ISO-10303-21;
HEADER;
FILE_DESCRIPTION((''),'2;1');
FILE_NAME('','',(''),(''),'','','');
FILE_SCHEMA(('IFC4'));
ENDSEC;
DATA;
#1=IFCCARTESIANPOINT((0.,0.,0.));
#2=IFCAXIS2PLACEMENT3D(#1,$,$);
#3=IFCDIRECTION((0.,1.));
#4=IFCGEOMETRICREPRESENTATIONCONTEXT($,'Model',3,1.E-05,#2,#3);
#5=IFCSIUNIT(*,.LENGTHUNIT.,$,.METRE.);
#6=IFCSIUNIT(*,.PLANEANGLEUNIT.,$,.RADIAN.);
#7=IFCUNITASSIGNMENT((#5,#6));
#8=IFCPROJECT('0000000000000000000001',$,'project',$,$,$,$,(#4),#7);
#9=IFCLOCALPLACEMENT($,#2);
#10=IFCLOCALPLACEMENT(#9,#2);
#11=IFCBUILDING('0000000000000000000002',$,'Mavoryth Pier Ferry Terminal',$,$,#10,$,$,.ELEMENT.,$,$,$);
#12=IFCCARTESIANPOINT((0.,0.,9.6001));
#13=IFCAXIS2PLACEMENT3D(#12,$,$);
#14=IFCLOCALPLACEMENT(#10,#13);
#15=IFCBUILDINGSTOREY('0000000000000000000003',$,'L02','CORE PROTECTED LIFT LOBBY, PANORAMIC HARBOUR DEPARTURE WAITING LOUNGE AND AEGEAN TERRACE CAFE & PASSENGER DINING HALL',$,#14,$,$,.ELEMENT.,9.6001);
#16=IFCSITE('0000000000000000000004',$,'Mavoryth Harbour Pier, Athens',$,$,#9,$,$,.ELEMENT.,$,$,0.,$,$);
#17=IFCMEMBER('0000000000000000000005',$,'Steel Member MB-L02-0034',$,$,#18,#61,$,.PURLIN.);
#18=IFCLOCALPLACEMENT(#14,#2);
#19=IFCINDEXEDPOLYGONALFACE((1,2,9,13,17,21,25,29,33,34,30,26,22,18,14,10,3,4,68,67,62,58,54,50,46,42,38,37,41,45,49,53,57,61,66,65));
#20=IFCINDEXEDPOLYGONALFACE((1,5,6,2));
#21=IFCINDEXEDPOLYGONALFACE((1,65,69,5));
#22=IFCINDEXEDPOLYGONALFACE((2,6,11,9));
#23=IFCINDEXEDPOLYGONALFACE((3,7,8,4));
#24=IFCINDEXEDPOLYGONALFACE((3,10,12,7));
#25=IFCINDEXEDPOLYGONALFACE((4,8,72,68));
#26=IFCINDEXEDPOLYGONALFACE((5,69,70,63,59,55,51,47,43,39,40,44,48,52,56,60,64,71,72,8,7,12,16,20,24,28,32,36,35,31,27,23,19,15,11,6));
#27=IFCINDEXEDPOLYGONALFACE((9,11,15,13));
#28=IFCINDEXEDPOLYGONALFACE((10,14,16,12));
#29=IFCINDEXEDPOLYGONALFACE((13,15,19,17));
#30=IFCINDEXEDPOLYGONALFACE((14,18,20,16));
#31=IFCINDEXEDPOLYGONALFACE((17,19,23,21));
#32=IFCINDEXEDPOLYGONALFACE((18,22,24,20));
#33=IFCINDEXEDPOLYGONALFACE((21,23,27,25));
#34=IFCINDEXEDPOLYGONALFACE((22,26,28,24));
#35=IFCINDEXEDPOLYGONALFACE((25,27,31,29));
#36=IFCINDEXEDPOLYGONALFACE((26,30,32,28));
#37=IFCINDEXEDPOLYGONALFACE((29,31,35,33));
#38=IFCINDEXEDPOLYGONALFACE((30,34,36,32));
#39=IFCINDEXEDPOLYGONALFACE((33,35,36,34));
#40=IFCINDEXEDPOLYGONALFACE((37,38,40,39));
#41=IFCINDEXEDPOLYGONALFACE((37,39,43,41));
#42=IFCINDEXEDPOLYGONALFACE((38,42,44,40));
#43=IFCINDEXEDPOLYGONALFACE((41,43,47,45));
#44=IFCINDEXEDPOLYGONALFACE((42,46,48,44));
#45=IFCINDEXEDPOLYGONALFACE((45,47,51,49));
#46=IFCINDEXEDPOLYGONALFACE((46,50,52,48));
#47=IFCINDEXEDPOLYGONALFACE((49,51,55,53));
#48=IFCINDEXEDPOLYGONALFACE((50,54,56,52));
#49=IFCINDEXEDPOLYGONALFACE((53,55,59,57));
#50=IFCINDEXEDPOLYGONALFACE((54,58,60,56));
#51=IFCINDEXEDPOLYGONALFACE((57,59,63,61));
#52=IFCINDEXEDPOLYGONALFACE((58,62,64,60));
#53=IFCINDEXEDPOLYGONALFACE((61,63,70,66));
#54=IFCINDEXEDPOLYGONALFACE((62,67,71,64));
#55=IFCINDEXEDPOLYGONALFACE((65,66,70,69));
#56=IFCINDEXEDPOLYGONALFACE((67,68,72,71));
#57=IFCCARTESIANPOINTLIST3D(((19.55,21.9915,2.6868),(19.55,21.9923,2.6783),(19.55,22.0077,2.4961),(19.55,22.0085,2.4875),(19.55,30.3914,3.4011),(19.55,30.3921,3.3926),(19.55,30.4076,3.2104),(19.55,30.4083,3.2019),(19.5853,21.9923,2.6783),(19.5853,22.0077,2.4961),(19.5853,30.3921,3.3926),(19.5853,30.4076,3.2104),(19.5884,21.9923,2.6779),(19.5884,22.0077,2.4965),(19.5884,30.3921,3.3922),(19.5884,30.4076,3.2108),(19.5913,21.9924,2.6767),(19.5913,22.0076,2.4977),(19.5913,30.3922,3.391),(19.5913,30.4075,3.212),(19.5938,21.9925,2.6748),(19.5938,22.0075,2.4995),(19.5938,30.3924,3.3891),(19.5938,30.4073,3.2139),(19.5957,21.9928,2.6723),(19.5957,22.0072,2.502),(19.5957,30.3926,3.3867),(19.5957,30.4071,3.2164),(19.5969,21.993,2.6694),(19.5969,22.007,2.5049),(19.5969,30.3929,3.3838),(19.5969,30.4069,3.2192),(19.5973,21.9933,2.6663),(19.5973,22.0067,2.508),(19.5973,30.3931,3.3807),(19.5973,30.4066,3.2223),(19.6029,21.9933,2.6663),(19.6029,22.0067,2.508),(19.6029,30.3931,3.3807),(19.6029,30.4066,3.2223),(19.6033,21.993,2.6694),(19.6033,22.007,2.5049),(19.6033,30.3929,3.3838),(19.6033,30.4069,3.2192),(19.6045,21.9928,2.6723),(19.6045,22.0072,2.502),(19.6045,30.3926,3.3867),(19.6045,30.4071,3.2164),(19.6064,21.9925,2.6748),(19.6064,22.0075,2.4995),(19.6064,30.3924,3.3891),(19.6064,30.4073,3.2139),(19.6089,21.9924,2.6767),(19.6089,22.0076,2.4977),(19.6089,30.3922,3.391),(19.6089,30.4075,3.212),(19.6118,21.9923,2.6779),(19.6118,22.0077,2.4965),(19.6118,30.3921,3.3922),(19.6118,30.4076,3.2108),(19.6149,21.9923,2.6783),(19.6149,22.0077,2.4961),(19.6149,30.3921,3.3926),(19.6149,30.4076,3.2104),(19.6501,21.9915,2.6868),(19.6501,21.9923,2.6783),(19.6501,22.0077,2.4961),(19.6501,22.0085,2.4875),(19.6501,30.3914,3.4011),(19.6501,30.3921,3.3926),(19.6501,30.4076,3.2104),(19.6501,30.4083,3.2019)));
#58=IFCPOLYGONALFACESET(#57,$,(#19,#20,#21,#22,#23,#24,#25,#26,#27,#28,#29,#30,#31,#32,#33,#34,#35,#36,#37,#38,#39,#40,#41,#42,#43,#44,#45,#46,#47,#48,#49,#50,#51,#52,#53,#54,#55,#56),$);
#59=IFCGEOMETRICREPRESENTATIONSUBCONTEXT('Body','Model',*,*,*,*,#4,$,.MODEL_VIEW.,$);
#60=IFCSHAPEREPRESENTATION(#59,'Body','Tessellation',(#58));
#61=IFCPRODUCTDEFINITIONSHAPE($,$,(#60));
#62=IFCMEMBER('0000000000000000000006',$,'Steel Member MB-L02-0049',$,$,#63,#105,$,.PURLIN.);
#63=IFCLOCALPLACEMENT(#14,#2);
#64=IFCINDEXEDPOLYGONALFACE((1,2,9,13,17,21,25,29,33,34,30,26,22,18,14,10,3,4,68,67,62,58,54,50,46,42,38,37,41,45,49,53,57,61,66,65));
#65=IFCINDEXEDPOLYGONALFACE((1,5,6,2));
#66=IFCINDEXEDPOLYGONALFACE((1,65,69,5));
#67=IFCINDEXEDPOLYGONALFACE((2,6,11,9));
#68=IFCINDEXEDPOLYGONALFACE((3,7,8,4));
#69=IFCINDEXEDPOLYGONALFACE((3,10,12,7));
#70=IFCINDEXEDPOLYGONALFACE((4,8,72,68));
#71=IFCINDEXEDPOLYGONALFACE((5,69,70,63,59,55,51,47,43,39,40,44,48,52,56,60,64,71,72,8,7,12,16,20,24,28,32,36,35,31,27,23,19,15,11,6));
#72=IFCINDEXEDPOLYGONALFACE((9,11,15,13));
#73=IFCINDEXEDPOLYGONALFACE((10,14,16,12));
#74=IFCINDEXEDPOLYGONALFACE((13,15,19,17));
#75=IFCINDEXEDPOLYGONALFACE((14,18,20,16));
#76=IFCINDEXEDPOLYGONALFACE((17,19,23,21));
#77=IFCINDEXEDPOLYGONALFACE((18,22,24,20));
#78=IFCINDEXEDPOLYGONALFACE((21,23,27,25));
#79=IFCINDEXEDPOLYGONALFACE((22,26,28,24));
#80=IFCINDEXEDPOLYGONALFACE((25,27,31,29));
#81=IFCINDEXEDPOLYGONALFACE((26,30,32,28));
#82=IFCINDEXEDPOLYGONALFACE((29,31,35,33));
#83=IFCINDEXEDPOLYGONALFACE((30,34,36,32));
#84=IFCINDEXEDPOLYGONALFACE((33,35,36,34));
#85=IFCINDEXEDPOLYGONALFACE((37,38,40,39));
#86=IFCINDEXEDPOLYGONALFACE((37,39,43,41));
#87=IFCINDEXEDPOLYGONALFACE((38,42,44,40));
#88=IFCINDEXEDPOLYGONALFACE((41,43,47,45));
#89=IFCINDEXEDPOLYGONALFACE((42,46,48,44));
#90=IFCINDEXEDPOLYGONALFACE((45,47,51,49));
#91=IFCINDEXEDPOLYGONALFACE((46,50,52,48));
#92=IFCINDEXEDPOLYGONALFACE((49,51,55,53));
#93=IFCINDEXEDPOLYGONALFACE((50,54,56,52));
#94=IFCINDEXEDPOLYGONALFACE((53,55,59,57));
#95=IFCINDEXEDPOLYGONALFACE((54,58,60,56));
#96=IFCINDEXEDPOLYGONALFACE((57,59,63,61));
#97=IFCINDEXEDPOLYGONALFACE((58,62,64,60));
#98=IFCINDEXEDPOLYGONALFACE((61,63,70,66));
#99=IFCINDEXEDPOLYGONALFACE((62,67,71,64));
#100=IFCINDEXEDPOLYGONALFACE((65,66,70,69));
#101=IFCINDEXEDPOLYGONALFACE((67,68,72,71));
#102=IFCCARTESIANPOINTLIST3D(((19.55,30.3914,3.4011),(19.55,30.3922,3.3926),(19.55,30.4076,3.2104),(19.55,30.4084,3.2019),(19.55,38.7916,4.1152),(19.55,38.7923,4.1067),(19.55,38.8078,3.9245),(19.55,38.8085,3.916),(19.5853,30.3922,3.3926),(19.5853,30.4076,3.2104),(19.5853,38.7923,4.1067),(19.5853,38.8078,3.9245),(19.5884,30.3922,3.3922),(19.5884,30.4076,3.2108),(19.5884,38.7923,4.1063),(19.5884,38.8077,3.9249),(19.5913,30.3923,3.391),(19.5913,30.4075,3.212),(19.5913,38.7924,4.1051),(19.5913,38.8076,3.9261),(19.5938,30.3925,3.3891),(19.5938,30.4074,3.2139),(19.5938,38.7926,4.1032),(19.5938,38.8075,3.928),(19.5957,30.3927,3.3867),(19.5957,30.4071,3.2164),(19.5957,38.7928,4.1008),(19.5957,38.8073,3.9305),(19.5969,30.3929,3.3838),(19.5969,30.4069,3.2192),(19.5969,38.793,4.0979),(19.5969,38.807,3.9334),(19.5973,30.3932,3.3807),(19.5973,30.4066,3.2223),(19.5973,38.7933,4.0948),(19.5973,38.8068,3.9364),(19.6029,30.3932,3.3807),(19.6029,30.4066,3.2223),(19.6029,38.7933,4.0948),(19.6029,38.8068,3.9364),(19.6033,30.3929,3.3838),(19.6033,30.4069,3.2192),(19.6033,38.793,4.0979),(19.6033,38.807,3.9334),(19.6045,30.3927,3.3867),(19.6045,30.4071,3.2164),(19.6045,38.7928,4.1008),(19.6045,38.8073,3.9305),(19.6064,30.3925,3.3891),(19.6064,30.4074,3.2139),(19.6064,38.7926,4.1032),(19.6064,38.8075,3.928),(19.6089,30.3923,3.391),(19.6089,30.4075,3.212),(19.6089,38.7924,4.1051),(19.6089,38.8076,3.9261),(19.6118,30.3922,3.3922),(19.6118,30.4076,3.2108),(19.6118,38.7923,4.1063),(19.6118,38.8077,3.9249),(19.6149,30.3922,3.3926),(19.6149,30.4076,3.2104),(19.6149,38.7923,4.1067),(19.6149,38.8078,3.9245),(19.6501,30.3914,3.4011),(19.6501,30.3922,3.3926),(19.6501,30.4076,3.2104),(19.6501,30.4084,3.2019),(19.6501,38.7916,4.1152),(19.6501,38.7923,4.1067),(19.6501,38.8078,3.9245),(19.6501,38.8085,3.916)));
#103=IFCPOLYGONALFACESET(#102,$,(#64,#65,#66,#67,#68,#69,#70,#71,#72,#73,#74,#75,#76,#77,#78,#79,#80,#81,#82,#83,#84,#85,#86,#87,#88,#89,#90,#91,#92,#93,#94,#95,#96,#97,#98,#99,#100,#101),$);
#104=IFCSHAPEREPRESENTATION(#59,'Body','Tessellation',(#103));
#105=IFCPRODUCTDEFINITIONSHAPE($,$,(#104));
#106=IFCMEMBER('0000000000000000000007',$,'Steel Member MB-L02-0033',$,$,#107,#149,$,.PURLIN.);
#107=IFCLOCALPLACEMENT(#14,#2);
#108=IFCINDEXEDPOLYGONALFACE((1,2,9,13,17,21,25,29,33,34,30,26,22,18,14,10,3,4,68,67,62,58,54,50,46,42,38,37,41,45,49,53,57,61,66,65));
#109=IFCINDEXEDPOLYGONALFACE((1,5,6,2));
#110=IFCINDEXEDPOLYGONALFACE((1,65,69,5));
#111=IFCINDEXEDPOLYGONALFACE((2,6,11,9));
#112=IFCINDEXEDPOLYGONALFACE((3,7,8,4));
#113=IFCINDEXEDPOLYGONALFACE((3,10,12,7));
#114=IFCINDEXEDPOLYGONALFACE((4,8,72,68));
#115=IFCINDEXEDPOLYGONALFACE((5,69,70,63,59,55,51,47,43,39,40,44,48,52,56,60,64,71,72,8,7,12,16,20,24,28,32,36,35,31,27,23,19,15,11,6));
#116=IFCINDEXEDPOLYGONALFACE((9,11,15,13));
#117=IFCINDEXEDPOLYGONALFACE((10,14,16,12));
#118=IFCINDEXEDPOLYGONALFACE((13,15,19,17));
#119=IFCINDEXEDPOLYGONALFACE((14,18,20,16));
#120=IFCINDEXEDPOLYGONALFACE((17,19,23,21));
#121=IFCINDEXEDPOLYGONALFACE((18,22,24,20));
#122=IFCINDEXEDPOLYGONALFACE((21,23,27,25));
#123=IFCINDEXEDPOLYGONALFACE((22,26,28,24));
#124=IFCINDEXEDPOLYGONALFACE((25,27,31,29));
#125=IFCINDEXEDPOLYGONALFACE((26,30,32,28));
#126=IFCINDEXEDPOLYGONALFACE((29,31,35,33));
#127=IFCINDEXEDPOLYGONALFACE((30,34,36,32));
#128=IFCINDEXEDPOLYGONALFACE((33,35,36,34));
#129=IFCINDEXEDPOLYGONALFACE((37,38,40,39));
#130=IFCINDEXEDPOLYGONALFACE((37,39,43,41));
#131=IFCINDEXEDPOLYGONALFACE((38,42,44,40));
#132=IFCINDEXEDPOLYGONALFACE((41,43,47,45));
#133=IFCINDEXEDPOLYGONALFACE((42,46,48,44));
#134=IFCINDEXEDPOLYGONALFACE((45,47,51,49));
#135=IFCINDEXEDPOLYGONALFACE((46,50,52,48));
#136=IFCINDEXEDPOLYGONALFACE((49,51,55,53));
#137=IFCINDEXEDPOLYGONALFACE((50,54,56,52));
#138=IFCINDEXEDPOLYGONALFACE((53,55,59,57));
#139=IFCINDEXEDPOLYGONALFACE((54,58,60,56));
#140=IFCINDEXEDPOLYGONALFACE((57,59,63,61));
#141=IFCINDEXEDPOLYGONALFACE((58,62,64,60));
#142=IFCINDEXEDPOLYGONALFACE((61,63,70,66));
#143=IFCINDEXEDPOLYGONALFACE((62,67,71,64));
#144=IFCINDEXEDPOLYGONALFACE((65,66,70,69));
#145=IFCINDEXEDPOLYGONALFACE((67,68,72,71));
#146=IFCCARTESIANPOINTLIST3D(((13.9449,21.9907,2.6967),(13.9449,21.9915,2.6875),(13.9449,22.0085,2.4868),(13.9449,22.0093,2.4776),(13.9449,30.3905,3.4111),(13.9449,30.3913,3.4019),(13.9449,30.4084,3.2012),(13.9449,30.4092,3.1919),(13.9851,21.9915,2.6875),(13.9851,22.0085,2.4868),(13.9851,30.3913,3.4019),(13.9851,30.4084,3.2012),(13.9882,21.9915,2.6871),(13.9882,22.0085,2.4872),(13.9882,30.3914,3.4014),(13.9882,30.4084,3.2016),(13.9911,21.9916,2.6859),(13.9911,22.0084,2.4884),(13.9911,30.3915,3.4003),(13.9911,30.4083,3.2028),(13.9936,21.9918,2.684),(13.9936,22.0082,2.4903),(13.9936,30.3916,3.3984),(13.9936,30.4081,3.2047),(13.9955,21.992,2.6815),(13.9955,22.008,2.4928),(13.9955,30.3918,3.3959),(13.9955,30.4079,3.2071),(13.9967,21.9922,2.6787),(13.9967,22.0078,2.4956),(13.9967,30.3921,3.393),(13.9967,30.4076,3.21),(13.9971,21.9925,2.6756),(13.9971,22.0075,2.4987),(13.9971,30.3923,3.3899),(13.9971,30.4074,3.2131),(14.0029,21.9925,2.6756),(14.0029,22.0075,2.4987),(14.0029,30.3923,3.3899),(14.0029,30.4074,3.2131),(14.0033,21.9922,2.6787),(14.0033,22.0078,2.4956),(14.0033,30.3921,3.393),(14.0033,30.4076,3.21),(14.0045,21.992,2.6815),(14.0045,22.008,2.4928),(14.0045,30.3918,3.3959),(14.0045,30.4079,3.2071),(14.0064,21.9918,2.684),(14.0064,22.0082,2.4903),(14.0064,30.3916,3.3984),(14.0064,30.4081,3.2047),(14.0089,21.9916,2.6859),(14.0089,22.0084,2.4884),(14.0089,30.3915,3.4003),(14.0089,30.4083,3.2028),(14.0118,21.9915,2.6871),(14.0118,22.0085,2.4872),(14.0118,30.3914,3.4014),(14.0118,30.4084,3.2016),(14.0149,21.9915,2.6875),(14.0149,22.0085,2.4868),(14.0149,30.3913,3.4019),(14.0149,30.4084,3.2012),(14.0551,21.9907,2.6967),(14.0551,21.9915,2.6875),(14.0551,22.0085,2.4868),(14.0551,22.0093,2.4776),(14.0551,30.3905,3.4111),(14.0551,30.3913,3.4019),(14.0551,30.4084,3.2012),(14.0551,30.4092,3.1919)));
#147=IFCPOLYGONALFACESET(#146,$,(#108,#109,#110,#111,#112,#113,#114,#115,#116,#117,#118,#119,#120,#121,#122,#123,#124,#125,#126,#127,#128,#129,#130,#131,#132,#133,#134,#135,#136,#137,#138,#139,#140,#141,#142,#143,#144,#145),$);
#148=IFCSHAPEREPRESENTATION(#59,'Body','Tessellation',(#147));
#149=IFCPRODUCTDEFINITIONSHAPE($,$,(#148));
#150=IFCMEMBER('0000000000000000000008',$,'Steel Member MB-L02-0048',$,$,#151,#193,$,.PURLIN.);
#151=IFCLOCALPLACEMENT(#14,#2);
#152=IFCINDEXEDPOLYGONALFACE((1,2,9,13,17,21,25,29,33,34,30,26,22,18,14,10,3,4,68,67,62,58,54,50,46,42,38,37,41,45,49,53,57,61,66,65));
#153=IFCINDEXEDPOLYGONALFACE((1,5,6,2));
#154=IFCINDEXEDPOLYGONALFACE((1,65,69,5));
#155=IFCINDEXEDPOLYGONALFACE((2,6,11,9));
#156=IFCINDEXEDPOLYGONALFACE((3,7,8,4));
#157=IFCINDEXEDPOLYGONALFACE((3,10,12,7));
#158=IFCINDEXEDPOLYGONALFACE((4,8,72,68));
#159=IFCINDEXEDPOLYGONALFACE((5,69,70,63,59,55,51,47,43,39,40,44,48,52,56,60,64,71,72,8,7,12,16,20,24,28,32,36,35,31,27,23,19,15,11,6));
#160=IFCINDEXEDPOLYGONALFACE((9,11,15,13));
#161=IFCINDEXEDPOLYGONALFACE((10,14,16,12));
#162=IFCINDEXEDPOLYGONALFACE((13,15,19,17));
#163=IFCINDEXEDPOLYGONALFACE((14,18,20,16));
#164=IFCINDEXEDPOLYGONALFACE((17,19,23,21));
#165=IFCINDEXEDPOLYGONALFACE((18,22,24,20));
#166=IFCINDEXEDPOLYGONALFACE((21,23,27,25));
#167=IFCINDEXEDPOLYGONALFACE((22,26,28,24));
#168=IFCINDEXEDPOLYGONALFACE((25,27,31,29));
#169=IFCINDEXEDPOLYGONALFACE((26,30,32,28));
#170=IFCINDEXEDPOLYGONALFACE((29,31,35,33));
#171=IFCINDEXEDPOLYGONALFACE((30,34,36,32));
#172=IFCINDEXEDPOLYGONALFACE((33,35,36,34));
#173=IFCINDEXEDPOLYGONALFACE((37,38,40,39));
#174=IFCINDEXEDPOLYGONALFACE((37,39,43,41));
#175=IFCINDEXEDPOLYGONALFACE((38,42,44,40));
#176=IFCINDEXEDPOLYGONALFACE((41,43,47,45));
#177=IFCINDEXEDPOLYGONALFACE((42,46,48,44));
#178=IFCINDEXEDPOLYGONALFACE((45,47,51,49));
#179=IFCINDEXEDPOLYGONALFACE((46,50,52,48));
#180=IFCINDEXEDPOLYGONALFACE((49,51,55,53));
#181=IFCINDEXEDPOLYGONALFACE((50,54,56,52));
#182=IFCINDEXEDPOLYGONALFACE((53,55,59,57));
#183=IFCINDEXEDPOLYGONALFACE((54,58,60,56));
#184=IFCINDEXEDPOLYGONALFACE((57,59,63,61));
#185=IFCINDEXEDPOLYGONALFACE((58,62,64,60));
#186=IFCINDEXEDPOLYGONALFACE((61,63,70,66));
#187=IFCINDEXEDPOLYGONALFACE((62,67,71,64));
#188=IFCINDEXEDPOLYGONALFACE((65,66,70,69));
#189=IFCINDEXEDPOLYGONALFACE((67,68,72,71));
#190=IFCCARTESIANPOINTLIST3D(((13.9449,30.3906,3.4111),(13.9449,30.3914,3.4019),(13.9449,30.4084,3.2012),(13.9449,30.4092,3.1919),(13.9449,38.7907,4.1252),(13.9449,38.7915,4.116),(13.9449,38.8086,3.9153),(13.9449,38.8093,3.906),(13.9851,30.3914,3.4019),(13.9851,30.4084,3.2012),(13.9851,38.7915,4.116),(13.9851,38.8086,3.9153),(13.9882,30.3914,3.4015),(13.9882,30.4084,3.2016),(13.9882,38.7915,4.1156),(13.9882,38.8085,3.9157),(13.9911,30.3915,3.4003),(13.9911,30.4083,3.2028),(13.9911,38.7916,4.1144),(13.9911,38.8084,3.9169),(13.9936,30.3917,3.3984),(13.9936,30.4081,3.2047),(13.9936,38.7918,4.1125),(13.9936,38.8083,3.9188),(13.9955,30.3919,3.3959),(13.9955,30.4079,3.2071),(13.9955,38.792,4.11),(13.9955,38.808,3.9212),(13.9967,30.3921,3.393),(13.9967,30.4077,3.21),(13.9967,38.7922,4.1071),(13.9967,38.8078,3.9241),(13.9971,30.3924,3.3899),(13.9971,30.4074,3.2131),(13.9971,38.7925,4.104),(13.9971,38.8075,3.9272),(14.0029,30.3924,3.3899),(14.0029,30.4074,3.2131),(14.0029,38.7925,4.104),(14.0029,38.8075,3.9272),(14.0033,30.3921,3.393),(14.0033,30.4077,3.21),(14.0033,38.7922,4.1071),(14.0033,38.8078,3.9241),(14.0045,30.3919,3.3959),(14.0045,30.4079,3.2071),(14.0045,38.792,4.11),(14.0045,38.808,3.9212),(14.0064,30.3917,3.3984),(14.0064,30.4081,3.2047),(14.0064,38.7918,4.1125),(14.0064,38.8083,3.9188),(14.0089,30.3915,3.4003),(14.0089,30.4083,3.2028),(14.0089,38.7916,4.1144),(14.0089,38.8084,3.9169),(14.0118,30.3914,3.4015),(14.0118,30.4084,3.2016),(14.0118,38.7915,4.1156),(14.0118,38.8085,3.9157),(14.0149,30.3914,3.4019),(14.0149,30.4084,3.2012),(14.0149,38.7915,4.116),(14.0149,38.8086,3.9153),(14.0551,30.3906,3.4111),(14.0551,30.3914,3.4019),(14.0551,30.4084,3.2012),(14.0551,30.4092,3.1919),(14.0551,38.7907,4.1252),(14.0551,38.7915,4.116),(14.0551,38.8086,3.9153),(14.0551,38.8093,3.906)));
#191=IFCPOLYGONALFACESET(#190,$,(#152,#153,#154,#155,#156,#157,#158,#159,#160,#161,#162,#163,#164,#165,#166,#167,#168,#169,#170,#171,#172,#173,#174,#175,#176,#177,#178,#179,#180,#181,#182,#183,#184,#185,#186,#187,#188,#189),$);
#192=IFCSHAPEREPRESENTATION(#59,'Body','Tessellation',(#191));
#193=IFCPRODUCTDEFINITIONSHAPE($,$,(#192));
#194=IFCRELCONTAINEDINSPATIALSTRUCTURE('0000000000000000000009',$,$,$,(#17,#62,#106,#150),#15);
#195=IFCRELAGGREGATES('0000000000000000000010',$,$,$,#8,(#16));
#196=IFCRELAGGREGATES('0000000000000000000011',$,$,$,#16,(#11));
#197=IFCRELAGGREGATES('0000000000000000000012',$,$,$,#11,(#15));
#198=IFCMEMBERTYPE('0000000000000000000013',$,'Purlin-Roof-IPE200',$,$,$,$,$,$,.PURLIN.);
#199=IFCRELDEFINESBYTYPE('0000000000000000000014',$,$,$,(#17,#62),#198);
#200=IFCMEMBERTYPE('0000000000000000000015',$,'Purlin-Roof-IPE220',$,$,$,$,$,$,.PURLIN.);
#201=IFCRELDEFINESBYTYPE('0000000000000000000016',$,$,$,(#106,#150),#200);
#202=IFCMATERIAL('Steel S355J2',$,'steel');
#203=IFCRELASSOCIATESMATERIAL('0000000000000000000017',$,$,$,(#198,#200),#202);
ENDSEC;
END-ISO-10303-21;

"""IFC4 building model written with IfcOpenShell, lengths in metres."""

from ifc_helpers import new_model, si_unit, direction, frame, origin, origin_2d, place, context, subcontext, project, spatial, i_section, extrude, material, material_profile, profile_set, type_object, element, save


model = new_model("IFC4")

# Units and contexts
model_context = context("Model", 3, precision=1e-05, world=origin(), true_north=direction((0.0, 1.0)))
body_context = subcontext(model_context, "Body", "Model", "MODEL_VIEW")
ifc_project = project(units=[si_unit("LENGTHUNIT", "METRE"), si_unit("PLANEANGLEUNIT", "RADIAN")], contexts=[model_context])

# Site, building, storey
site_placement = place(None, origin())
site = spatial("IfcSite", under=ifc_project, at=site_placement, Name="Mavoryth Harbour Pier, Athens", CompositionType="ELEMENT", RefElevation=0.0)
building_placement = place(site_placement, origin())
building = spatial("IfcBuilding", under=site, at=building_placement, Name="Mavoryth Pier Ferry Terminal", CompositionType="ELEMENT")
storey_placement = place(building_placement, frame((0.0, 0.0, 9.6001)))
storey = spatial("IfcBuildingStorey", under=building, at=storey_placement, Name="L02", Description="CORE PROTECTED LIFT LOBBY, PANORAMIC HARBOUR DEPARTURE WAITING LOUNGE AND AEGEAN TERRACE CAFE & PASSENGER DINING HALL", CompositionType="ELEMENT", Elevation=9.6001)

# Members
ifc_material_1 = material(Name="Steel S355J2", Category="steel")
ifc_material_profile_1 = material_profile(ifc_material_1, i_section(OverallWidth=0.1001, OverallDepth=0.2, WebThickness=0.0056, FlangeThickness=0.0085, FilletRadius=0.012, at=origin_2d()), Name="IPE 200", Category="steel")
ifc_profile_set_1 = profile_set([ifc_material_profile_1], Name="Steel S355J2 - IPE 200")
member_type_1 = type_object("IfcMemberType", Name="Purlin-Roof-IPE200", PredefinedType="PURLIN", material=ifc_profile_set_1)
member_1_placement = place(storey_placement, frame((19.6001, 22.0, 2.5872), z_axis=(0.0, 0.996403, 0.084737), x_axis=(-1.0, 0.0, 0.0)))
element("IfcMember", 1, at=member_1_placement, inside=storey, type_object=member_type_1, Name="Steel Member MB-L02-0034", PredefinedType="PURLIN", context=body_context, shape_type="SweptSolid", body=[
    extrude(i_section(OverallWidth=0.1001, OverallDepth=0.2, WebThickness=0.0056, FlangeThickness=0.0085, FilletRadius=0.012, at=origin_2d()), origin(), (0.0, 0.0, 1.0), 8.4302),
])
member_2_placement = place(storey_placement, frame((19.6001, 30.3999, 3.3015), z_axis=(0.0, 0.996406, 0.084706), x_axis=(-1.0, 0.0, 0.0)))
element("IfcMember", 2, at=member_2_placement, inside=storey, type_object=member_type_1, Name="Steel Member MB-L02-0049", PredefinedType="PURLIN", context=body_context, shape_type="SweptSolid", body=[
    extrude(i_section(OverallWidth=0.1001, OverallDepth=0.2, WebThickness=0.0056, FlangeThickness=0.0085, FilletRadius=0.012, at=origin_2d()), origin(), (0.0, 0.0, 1.0), 8.4304),
])
ifc_material_profile_2 = material_profile(ifc_material_1, i_section(OverallWidth=0.1101, OverallDepth=0.22, WebThickness=0.0059, FlangeThickness=0.0093, FilletRadius=0.012, at=origin_2d()), Name="IPE 220", Category="steel")
ifc_profile_set_2 = profile_set([ifc_material_profile_2], Name="Steel S355J2 - IPE 220")
member_type_2 = type_object("IfcMemberType", Name="Purlin-Roof-IPE220", PredefinedType="PURLIN", material=ifc_profile_set_2)
member_3_placement = place(storey_placement, frame((14.0, 22.0, 2.5872), z_axis=(0.0, 0.996403, 0.084737), x_axis=(-1.0, 0.0, 0.0)))
element("IfcMember", 3, at=member_3_placement, inside=storey, type_object=member_type_2, Name="Steel Member MB-L02-0033", PredefinedType="PURLIN", context=body_context, shape_type="SweptSolid", body=[
    extrude(i_section(OverallWidth=0.1101, OverallDepth=0.22, WebThickness=0.0059, FlangeThickness=0.0093, FilletRadius=0.012, at=origin_2d()), origin(), (0.0, 0.0, 1.0), 8.4302),
])
member_4_placement = place(storey_placement, frame((14.0, 30.3999, 3.3015), z_axis=(0.0, 0.996406, 0.084706), x_axis=(-1.0, 0.0, 0.0)))
element("IfcMember", 4, at=member_4_placement, inside=storey, type_object=member_type_2, Name="Steel Member MB-L02-0048", PredefinedType="PURLIN", context=body_context, shape_type="SweptSolid", body=[
    extrude(i_section(OverallWidth=0.1101, OverallDepth=0.22, WebThickness=0.0059, FlangeThickness=0.0093, FilletRadius=0.012, at=origin_2d()), origin(), (0.0, 0.0, 1.0), 8.4304),
])

save(model, "model.ifc")
